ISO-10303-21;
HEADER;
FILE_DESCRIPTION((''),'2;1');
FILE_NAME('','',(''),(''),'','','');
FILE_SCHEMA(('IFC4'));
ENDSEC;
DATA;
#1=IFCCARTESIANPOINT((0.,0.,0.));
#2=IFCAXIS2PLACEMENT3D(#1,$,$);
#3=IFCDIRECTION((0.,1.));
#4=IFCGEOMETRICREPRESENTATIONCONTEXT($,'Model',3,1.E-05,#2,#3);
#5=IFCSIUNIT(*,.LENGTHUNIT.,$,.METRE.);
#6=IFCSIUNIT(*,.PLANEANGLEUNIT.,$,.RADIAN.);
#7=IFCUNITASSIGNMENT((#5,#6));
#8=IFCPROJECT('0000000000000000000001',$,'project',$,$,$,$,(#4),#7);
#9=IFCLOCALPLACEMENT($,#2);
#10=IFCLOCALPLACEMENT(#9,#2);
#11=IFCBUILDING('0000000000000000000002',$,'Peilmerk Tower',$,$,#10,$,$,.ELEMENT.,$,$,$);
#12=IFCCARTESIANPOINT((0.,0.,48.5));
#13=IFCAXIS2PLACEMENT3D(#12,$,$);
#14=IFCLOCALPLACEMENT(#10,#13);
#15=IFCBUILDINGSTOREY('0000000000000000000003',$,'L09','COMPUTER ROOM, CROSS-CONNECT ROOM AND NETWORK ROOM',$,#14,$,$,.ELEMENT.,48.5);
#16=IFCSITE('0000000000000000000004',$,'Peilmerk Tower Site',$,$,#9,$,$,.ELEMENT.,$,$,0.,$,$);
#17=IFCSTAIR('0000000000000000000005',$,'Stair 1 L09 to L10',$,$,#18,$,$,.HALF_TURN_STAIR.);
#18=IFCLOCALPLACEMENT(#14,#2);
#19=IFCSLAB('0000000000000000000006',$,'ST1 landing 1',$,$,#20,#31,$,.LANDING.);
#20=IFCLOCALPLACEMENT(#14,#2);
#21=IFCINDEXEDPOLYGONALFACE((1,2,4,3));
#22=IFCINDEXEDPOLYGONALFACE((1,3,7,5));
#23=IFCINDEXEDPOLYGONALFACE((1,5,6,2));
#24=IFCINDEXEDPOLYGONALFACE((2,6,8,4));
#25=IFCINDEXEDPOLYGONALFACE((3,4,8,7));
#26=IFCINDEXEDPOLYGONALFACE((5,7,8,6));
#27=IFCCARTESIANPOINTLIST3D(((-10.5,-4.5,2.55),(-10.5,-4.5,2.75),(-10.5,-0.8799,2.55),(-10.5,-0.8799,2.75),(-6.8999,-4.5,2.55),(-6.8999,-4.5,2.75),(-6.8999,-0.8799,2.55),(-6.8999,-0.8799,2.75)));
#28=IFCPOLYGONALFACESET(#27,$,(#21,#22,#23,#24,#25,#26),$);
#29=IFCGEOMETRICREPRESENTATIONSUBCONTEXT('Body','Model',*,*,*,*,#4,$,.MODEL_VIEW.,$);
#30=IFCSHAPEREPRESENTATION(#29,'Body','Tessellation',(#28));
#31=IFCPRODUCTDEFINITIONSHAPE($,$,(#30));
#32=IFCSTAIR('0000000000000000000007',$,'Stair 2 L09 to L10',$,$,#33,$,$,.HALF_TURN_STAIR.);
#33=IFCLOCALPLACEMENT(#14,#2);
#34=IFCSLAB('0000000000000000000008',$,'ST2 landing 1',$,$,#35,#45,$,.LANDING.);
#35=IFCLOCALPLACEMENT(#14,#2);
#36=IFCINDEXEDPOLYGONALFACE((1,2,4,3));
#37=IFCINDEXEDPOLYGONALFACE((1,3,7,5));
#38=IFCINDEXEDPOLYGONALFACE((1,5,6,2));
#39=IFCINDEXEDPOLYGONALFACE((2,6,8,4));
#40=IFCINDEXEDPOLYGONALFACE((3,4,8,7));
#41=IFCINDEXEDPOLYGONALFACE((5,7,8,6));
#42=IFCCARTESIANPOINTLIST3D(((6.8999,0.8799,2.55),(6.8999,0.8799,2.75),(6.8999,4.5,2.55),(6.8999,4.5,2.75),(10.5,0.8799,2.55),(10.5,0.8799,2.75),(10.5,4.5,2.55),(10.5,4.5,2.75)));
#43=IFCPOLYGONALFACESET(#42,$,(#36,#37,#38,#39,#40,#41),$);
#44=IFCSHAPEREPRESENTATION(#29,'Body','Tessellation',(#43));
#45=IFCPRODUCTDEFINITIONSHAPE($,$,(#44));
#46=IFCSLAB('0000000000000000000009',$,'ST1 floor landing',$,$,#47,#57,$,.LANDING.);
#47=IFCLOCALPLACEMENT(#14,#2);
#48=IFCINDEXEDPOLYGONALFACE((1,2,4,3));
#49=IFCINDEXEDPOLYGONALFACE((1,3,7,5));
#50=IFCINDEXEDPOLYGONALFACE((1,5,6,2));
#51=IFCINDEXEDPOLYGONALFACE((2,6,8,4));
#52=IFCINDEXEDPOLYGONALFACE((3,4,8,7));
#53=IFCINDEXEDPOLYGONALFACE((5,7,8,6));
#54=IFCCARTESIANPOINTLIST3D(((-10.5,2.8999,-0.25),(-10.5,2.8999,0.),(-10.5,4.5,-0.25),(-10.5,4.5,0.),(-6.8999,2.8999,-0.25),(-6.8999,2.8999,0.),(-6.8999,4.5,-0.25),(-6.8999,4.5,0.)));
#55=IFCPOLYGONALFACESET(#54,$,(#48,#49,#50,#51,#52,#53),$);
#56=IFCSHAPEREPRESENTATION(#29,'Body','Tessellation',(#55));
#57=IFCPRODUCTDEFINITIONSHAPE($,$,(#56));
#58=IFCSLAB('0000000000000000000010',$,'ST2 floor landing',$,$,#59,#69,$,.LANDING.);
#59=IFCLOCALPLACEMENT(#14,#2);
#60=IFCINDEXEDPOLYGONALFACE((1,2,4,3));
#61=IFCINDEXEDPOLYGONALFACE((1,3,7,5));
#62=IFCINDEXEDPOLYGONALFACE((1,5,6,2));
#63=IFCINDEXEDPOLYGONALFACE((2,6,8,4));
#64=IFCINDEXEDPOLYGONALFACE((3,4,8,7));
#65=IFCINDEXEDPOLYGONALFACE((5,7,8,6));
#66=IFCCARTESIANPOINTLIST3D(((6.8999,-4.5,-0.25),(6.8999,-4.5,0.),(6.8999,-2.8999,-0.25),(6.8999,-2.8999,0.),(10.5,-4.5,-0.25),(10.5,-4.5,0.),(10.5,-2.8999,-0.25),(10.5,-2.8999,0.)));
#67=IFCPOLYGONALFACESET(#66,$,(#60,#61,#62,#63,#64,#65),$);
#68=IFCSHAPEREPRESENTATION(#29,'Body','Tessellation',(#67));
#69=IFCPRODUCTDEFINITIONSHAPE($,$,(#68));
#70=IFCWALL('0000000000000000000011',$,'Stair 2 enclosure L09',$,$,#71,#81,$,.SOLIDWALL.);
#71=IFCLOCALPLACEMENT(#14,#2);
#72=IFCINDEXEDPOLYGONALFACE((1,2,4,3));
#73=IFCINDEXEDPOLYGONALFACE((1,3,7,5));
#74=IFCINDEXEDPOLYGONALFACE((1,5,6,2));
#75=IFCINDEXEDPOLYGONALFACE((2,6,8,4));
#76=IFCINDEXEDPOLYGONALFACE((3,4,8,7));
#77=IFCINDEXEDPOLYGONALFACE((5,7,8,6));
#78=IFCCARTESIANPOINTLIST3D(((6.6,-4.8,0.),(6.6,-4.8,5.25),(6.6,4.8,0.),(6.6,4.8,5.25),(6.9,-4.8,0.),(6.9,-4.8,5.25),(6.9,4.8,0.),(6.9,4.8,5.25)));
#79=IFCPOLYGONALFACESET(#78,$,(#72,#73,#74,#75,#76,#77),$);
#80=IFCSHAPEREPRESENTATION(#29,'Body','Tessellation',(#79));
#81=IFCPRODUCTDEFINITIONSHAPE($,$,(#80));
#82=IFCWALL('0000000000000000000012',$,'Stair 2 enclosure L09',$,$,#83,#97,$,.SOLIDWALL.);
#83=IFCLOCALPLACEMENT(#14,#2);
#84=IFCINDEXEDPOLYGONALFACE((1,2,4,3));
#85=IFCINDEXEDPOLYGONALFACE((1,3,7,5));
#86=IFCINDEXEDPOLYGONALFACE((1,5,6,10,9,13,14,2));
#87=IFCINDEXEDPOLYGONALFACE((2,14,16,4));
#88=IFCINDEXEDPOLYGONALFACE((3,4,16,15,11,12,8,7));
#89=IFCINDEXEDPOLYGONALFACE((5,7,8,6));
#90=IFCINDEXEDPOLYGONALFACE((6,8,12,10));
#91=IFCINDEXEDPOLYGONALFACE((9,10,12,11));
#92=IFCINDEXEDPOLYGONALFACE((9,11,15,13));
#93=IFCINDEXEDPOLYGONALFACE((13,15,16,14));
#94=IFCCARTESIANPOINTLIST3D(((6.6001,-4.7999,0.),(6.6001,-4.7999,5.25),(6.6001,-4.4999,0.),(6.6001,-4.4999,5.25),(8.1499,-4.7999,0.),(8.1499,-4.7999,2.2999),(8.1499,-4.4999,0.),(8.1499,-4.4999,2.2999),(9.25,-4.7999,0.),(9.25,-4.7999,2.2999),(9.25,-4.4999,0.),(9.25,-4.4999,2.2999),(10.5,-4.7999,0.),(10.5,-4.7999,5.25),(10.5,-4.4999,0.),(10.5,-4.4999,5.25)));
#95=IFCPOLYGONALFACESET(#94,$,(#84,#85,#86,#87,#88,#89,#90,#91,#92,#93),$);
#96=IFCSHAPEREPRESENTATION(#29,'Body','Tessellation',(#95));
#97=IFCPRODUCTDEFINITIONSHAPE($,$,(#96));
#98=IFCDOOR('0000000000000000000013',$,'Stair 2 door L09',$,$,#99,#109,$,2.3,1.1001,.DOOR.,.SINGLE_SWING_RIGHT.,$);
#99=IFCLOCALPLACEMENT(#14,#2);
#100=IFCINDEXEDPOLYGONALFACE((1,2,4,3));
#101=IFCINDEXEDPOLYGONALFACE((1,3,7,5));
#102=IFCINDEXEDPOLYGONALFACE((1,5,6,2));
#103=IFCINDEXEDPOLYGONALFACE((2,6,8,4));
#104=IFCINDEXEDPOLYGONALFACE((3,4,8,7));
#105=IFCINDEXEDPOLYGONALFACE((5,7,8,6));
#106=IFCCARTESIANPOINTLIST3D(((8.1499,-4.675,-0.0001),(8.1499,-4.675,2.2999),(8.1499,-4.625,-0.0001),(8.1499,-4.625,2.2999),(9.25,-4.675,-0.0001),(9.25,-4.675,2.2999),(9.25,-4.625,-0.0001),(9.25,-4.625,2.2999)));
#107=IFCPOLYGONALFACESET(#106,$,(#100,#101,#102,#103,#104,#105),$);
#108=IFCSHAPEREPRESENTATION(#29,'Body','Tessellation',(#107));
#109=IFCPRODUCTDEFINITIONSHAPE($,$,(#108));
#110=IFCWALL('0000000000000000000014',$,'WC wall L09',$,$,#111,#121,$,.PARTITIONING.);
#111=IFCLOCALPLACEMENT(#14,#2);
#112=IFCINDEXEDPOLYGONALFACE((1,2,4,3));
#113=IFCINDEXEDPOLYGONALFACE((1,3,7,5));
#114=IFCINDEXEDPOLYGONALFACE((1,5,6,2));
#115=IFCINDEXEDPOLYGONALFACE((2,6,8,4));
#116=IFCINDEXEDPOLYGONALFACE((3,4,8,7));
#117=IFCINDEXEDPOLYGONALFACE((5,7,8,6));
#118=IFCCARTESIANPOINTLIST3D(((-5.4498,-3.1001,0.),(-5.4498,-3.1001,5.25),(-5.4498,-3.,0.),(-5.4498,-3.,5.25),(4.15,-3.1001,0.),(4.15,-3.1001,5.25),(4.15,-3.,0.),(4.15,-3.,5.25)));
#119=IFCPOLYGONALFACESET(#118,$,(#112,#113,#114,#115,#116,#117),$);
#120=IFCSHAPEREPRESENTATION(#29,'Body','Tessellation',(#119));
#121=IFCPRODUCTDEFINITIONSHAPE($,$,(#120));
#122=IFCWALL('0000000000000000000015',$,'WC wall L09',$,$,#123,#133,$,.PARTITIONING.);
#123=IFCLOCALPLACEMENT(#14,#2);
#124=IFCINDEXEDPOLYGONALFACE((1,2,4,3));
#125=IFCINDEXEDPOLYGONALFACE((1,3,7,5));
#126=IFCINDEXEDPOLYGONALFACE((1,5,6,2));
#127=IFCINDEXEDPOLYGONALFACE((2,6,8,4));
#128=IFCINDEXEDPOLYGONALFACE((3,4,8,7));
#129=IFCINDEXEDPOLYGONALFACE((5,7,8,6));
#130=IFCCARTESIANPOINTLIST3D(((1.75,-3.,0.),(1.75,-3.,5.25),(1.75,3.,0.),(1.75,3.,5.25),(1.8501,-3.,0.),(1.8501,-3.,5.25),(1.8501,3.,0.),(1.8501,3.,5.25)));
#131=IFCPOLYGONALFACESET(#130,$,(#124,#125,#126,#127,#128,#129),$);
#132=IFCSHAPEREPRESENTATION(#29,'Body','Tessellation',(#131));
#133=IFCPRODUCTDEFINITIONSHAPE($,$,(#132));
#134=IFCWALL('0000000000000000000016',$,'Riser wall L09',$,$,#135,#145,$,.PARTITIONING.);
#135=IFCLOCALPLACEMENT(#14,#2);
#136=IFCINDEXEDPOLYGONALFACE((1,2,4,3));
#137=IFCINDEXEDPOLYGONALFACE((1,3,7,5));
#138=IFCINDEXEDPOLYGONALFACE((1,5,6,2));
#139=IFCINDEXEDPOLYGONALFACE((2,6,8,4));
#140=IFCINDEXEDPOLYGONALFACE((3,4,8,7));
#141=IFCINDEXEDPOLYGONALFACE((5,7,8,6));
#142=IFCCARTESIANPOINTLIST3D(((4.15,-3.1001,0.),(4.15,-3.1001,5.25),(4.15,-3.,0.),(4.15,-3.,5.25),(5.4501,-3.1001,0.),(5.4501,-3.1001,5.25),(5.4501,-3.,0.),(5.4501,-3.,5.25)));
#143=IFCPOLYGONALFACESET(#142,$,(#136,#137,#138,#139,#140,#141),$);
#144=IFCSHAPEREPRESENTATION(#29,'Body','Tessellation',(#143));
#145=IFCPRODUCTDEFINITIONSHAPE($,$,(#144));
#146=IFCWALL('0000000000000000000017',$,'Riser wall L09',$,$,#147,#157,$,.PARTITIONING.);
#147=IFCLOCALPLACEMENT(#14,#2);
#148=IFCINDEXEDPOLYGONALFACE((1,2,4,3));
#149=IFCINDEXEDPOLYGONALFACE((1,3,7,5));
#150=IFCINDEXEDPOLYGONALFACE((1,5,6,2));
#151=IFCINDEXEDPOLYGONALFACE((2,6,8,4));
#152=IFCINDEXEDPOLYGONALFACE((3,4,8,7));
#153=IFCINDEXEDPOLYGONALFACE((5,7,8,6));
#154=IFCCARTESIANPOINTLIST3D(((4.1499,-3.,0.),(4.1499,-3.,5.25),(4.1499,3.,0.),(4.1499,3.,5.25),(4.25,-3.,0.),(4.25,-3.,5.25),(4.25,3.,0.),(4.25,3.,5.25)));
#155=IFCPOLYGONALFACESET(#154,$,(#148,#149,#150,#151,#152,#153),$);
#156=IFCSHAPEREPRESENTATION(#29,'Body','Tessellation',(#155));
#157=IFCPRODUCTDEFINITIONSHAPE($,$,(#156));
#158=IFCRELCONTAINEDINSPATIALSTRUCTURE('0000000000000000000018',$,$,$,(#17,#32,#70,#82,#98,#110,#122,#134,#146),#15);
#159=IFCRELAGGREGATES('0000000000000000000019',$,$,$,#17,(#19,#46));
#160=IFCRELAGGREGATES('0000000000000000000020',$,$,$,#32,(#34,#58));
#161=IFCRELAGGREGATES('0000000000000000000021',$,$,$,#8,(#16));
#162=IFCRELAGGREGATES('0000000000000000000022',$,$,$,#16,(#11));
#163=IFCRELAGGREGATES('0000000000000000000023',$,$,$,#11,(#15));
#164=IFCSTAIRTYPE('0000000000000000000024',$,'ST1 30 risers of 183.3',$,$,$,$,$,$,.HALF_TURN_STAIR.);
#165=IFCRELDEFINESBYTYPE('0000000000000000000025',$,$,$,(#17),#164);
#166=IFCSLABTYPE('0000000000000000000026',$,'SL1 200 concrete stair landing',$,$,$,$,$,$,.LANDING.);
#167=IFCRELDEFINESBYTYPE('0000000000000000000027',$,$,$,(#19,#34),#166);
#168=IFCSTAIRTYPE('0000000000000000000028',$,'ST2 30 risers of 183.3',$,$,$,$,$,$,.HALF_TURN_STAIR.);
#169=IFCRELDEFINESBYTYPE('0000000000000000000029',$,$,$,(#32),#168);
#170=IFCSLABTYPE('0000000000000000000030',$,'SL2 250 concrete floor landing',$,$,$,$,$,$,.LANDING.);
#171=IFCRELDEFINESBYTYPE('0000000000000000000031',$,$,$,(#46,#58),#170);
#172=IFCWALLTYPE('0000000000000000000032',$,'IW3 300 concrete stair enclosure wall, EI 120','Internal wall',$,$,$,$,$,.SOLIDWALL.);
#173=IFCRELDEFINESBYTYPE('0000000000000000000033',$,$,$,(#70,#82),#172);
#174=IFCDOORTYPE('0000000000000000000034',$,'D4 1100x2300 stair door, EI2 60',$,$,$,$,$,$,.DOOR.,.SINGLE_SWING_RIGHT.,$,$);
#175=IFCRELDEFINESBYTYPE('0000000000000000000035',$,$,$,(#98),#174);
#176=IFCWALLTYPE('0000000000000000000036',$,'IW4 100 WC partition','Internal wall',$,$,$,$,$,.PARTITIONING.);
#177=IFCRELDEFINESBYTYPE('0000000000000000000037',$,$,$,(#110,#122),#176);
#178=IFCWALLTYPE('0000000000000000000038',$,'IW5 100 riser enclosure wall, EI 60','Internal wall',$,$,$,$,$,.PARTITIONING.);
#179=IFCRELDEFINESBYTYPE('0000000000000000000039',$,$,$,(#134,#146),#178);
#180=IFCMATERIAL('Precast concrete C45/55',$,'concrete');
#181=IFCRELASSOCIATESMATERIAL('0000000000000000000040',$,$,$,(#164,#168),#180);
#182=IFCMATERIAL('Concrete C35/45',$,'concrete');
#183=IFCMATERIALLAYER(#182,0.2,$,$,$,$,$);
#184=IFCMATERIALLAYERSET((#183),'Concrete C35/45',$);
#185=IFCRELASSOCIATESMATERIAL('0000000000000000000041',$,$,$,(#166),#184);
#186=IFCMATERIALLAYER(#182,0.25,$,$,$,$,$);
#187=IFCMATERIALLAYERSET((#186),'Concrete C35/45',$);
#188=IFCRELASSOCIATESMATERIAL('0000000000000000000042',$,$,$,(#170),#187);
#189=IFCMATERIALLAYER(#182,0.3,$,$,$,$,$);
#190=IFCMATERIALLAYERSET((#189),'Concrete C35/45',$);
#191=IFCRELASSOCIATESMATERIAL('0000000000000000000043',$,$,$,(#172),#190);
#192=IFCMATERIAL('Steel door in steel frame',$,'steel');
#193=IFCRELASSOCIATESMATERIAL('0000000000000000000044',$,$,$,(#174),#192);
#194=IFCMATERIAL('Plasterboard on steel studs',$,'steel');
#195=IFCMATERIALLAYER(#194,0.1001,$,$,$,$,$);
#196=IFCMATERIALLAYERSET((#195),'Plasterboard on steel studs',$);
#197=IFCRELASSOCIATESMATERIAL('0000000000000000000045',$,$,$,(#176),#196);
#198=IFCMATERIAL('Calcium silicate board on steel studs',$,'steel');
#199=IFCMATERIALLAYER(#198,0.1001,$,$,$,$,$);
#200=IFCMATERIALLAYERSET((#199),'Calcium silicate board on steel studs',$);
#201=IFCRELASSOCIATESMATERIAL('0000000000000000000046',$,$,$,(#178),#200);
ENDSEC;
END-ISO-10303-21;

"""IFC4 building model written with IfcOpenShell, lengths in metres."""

from ifc_helpers import new_model, si_unit, direction, frame, frame_2d, origin, place, context, subcontext, project, spatial, polyline, rectangle, outline, extrude, material, layer, layer_set, type_object, element, fill, aggregate, save


model = new_model("IFC4")

# Units and contexts
model_context = context("Model", 3, precision=1e-05, world=origin(), true_north=direction((0.0, 1.0)))
body_context = subcontext(model_context, "Body", "Model", "MODEL_VIEW")
ifc_project = project(units=[si_unit("LENGTHUNIT", "METRE"), si_unit("PLANEANGLEUNIT", "RADIAN")], contexts=[model_context])

# Site, building, storey
site_placement = place(None, origin())
site = spatial("IfcSite", under=ifc_project, at=site_placement, Name="Peilmerk Tower Site", CompositionType="ELEMENT", RefElevation=0.0)
building_placement = place(site_placement, origin())
building = spatial("IfcBuilding", under=site, at=building_placement, Name="Peilmerk Tower", CompositionType="ELEMENT")
storey_placement = place(building_placement, frame((0.0, 0.0, 48.5)))
storey = spatial("IfcBuildingStorey", under=building, at=storey_placement, Name="L09", Description="COMPUTER ROOM, CROSS-CONNECT ROOM AND NETWORK ROOM", CompositionType="ELEMENT", Elevation=48.5)

# Stairs, slabs
ifc_material_1 = material(Name="Precast concrete C45/55", Category="concrete")
stair_type_1 = type_object("IfcStairType", Name="ST1 30 risers of 183.3", PredefinedType="HALF_TURN_STAIR", material=ifc_material_1)
stair_1_placement = place(storey_placement, origin())
stair_1 = element("IfcStair", 1, at=stair_1_placement, inside=storey, type_object=stair_type_1, Name="Stair 1 L09 to L10", PredefinedType="HALF_TURN_STAIR")
ifc_material_2 = material(Name="Concrete C35/45", Category="concrete")
ifc_layer_1 = layer(ifc_material_2, 0.2)
ifc_layer_set_1 = layer_set([ifc_layer_1], Name="Concrete C35/45")
slab_type_1 = type_object("IfcSlabType", Name="SL1 200 concrete stair landing", PredefinedType="LANDING", material=ifc_layer_set_1)
slab_1_placement = place(storey_placement, frame((0.0, 0.0, 2.55)))
slab_1 = element("IfcSlab", 2, at=slab_1_placement, type_object=slab_type_1, Name="ST1 landing 1", PredefinedType="LANDING", context=body_context, shape_type="SweptSolid", body=[
    extrude(outline(polyline([(-10.5, -4.5), (-6.8999, -4.5), (-6.8999, -0.8799), (-10.5, -0.8799), (-10.5, -4.5)])), origin(), (0.0, 0.0, 1.0), 0.2),
])
stair_type_2 = type_object("IfcStairType", Name="ST2 30 risers of 183.3", PredefinedType="HALF_TURN_STAIR", material=ifc_material_1)
stair_2_placement = place(storey_placement, origin())
stair_2 = element("IfcStair", 3, at=stair_2_placement, inside=storey, type_object=stair_type_2, Name="Stair 2 L09 to L10", PredefinedType="HALF_TURN_STAIR")
slab_2_placement = place(storey_placement, frame((0.0, 0.0, 2.55)))
slab_2 = element("IfcSlab", 4, at=slab_2_placement, type_object=slab_type_1, Name="ST2 landing 1", PredefinedType="LANDING", context=body_context, shape_type="SweptSolid", body=[
    extrude(outline(polyline([(6.8999, 0.8799), (10.5, 0.8799), (10.5, 4.5), (6.8999, 4.5), (6.8999, 0.8799)])), origin(), (0.0, 0.0, 1.0), 0.2),
])

# Slabs
ifc_layer_2 = layer(ifc_material_2, 0.25)
ifc_layer_set_2 = layer_set([ifc_layer_2], Name="Concrete C35/45")
slab_type_2 = type_object("IfcSlabType", Name="SL2 250 concrete floor landing", PredefinedType="LANDING", material=ifc_layer_set_2)
slab_3_placement = place(storey_placement, frame((0.0, 0.0, -0.25)))
slab_3 = element("IfcSlab", 5, at=slab_3_placement, type_object=slab_type_2, Name="ST1 floor landing", PredefinedType="LANDING", context=body_context, shape_type="SweptSolid", body=[
    extrude(outline(polyline([(-10.5, 2.8999), (-6.8999, 2.8999), (-6.8999, 4.5), (-10.5, 4.5), (-10.5, 2.8999)])), origin(), (0.0, 0.0, 1.0), 0.25),
])
aggregate(stair_1, [slab_1, slab_3])
slab_4_placement = place(storey_placement, frame((0.0, 0.0, -0.25)))
slab_4 = element("IfcSlab", 6, at=slab_4_placement, type_object=slab_type_2, Name="ST2 floor landing", PredefinedType="LANDING", context=body_context, shape_type="SweptSolid", body=[
    extrude(outline(polyline([(6.8999, -4.5), (10.5, -4.5), (10.5, -2.8999), (6.8999, -2.8999), (6.8999, -4.5)])), origin(), (0.0, 0.0, 1.0), 0.25),
])

# Wall
ifc_layer_3 = layer(ifc_material_2, 0.3)
ifc_layer_set_3 = layer_set([ifc_layer_3], Name="Concrete C35/45")
wall_type_1 = type_object("IfcWallType", Name="IW3 300 concrete stair enclosure wall, EI 120", Description="Internal wall", PredefinedType="SOLIDWALL", material=ifc_layer_set_3)
wall_1_placement = place(storey_placement, frame((6.75, -4.8, 0.0), z_axis=(0.0, 0.0, 1.0), x_axis=(0.0, 1.0, 0.0)))
element("IfcWall", 7, at=wall_1_placement, inside=storey, type_object=wall_type_1, Name="Stair 2 enclosure L09", PredefinedType="SOLIDWALL", context=body_context, shape_type="SweptSolid", body=[
    extrude(rectangle(XDim=9.6001, YDim=0.3, at=frame_2d((4.8, 0.0))), origin(), (0.0, 0.0, 1.0), 5.25),
])

# Wall, opening, door
wall_2_placement = place(storey_placement, frame((10.5, -4.6499, 0.0), z_axis=(0.0, 0.0, 1.0), x_axis=(-1.0, 0.0, 0.0)))
wall_2 = element("IfcWall", 8, at=wall_2_placement, inside=storey, type_object=wall_type_1, Name="Stair 2 enclosure L09", PredefinedType="SOLIDWALL", context=body_context, shape_type="SweptSolid", body=[
    extrude(rectangle(XDim=3.8999, YDim=0.3, at=frame_2d((1.95, 0.0))), origin(), (0.0, 0.0, 1.0), 5.25),
])
opening_1_placement = place(wall_2_placement, frame((1.25, 0.0, 0.0)))
opening_1 = element("IfcOpeningElement", 9, at=opening_1_placement, cuts=wall_2, PredefinedType="OPENING", context=body_context, shape_type="SweptSolid", body=[
    extrude(rectangle(XDim=1.1001, YDim=2.3, at=frame_2d((0.55, 1.1499))), frame((0.0, 0.1599, 0.0), z_axis=(0.0, -1.0, 0.0), x_axis=(1.0, 0.0, 0.0)), (0.0, 0.0, 1.0), 0.3201),
])
ifc_material_3 = material(Name="Steel door in steel frame", Category="steel")
door_type_1 = type_object("IfcDoorType", Name="D4 1100x2300 stair door, EI2 60", OperationType="SINGLE_SWING_RIGHT", PredefinedType="DOOR", material=ifc_material_3)
door_1_placement = place(opening_1_placement, frame((1.1001, 0.0, 0.0), z_axis=(0.0, 0.0, 1.0), x_axis=(-1.0, 0.0, 0.0)))
door_1 = element("IfcDoor", 10, at=door_1_placement, inside=storey, type_object=door_type_1, Name="Stair 2 door L09", OperationType="SINGLE_SWING_RIGHT", OverallHeight=2.3, OverallWidth=1.1001, PredefinedType="DOOR", context=body_context, shape_type="SweptSolid", body=[
    extrude(rectangle(XDim=1.1001, YDim=2.3, at=frame_2d((0.55, 1.1499))), frame((0.0, 0.0249, 0.0), z_axis=(0.0, -1.0, 0.0), x_axis=(1.0, 0.0, 0.0)), (0.0, 0.0, 1.0), 0.05),
])
fill(opening_1, door_1)

# Walls
ifc_material_4 = material(Name="Plasterboard on steel studs", Category="steel")
ifc_layer_4 = layer(ifc_material_4, 0.1001)
ifc_layer_set_4 = layer_set([ifc_layer_4], Name="Plasterboard on steel studs")
wall_type_2 = type_object("IfcWallType", Name="IW4 100 WC partition", Description="Internal wall", PredefinedType="PARTITIONING", material=ifc_layer_set_4)
wall_3_placement = place(storey_placement, frame((4.1499, -3.05, 0.0), z_axis=(0.0, 0.0, 1.0), x_axis=(-1.0, 0.0, 0.0)))
element("IfcWall", 11, at=wall_3_placement, inside=storey, type_object=wall_type_2, Name="WC wall L09", PredefinedType="PARTITIONING", context=body_context, shape_type="SweptSolid", body=[
    extrude(rectangle(XDim=9.5999, YDim=0.1001, at=frame_2d((4.7998, 0.0))), origin(), (0.0, 0.0, 1.0), 5.25),
])
wall_4_placement = place(storey_placement, frame((1.8, -3.0, 0.0), z_axis=(0.0, 0.0, 1.0), x_axis=(0.0, 1.0, 0.0)))
element("IfcWall", 12, at=wall_4_placement, inside=storey, type_object=wall_type_2, Name="WC wall L09", PredefinedType="PARTITIONING", context=body_context, shape_type="SweptSolid", body=[
    extrude(rectangle(XDim=6.0, YDim=0.1001, at=frame_2d((3.0, 0.0))), origin(), (0.0, 0.0, 1.0), 5.25),
])
ifc_material_5 = material(Name="Calcium silicate board on steel studs", Category="steel")
ifc_layer_5 = layer(ifc_material_5, 0.1001)
ifc_layer_set_5 = layer_set([ifc_layer_5], Name="Calcium silicate board on steel studs")
wall_type_3 = type_object("IfcWallType", Name="IW5 100 riser enclosure wall, EI 60", Description="Internal wall", PredefinedType="PARTITIONING", material=ifc_layer_set_5)
wall_5_placement = place(storey_placement, frame((5.45, -3.05, 0.0), z_axis=(0.0, 0.0, 1.0), x_axis=(-1.0, 0.0, 0.0)))
element("IfcWall", 13, at=wall_5_placement, inside=storey, type_object=wall_type_3, Name="Riser wall L09", PredefinedType="PARTITIONING", context=body_context, shape_type="SweptSolid", body=[
    extrude(rectangle(XDim=1.3, YDim=0.1001, at=frame_2d((0.6499, 0.0))), origin(), (0.0, 0.0, 1.0), 5.25),
])
wall_6_placement = place(storey_placement, frame((4.2, -3.0, 0.0), z_axis=(0.0, 0.0, 1.0), x_axis=(0.0, 1.0, 0.0)))
element("IfcWall", 14, at=wall_6_placement, inside=storey, type_object=wall_type_3, Name="Riser wall L09", PredefinedType="PARTITIONING", context=body_context, shape_type="SweptSolid", body=[
    extrude(rectangle(XDim=6.0, YDim=0.1001, at=frame_2d((3.0, 0.0))), origin(), (0.0, 0.0, 1.0), 5.25),
])

aggregate(stair_2, [slab_2, slab_4])

save(model, "model.ifc")
